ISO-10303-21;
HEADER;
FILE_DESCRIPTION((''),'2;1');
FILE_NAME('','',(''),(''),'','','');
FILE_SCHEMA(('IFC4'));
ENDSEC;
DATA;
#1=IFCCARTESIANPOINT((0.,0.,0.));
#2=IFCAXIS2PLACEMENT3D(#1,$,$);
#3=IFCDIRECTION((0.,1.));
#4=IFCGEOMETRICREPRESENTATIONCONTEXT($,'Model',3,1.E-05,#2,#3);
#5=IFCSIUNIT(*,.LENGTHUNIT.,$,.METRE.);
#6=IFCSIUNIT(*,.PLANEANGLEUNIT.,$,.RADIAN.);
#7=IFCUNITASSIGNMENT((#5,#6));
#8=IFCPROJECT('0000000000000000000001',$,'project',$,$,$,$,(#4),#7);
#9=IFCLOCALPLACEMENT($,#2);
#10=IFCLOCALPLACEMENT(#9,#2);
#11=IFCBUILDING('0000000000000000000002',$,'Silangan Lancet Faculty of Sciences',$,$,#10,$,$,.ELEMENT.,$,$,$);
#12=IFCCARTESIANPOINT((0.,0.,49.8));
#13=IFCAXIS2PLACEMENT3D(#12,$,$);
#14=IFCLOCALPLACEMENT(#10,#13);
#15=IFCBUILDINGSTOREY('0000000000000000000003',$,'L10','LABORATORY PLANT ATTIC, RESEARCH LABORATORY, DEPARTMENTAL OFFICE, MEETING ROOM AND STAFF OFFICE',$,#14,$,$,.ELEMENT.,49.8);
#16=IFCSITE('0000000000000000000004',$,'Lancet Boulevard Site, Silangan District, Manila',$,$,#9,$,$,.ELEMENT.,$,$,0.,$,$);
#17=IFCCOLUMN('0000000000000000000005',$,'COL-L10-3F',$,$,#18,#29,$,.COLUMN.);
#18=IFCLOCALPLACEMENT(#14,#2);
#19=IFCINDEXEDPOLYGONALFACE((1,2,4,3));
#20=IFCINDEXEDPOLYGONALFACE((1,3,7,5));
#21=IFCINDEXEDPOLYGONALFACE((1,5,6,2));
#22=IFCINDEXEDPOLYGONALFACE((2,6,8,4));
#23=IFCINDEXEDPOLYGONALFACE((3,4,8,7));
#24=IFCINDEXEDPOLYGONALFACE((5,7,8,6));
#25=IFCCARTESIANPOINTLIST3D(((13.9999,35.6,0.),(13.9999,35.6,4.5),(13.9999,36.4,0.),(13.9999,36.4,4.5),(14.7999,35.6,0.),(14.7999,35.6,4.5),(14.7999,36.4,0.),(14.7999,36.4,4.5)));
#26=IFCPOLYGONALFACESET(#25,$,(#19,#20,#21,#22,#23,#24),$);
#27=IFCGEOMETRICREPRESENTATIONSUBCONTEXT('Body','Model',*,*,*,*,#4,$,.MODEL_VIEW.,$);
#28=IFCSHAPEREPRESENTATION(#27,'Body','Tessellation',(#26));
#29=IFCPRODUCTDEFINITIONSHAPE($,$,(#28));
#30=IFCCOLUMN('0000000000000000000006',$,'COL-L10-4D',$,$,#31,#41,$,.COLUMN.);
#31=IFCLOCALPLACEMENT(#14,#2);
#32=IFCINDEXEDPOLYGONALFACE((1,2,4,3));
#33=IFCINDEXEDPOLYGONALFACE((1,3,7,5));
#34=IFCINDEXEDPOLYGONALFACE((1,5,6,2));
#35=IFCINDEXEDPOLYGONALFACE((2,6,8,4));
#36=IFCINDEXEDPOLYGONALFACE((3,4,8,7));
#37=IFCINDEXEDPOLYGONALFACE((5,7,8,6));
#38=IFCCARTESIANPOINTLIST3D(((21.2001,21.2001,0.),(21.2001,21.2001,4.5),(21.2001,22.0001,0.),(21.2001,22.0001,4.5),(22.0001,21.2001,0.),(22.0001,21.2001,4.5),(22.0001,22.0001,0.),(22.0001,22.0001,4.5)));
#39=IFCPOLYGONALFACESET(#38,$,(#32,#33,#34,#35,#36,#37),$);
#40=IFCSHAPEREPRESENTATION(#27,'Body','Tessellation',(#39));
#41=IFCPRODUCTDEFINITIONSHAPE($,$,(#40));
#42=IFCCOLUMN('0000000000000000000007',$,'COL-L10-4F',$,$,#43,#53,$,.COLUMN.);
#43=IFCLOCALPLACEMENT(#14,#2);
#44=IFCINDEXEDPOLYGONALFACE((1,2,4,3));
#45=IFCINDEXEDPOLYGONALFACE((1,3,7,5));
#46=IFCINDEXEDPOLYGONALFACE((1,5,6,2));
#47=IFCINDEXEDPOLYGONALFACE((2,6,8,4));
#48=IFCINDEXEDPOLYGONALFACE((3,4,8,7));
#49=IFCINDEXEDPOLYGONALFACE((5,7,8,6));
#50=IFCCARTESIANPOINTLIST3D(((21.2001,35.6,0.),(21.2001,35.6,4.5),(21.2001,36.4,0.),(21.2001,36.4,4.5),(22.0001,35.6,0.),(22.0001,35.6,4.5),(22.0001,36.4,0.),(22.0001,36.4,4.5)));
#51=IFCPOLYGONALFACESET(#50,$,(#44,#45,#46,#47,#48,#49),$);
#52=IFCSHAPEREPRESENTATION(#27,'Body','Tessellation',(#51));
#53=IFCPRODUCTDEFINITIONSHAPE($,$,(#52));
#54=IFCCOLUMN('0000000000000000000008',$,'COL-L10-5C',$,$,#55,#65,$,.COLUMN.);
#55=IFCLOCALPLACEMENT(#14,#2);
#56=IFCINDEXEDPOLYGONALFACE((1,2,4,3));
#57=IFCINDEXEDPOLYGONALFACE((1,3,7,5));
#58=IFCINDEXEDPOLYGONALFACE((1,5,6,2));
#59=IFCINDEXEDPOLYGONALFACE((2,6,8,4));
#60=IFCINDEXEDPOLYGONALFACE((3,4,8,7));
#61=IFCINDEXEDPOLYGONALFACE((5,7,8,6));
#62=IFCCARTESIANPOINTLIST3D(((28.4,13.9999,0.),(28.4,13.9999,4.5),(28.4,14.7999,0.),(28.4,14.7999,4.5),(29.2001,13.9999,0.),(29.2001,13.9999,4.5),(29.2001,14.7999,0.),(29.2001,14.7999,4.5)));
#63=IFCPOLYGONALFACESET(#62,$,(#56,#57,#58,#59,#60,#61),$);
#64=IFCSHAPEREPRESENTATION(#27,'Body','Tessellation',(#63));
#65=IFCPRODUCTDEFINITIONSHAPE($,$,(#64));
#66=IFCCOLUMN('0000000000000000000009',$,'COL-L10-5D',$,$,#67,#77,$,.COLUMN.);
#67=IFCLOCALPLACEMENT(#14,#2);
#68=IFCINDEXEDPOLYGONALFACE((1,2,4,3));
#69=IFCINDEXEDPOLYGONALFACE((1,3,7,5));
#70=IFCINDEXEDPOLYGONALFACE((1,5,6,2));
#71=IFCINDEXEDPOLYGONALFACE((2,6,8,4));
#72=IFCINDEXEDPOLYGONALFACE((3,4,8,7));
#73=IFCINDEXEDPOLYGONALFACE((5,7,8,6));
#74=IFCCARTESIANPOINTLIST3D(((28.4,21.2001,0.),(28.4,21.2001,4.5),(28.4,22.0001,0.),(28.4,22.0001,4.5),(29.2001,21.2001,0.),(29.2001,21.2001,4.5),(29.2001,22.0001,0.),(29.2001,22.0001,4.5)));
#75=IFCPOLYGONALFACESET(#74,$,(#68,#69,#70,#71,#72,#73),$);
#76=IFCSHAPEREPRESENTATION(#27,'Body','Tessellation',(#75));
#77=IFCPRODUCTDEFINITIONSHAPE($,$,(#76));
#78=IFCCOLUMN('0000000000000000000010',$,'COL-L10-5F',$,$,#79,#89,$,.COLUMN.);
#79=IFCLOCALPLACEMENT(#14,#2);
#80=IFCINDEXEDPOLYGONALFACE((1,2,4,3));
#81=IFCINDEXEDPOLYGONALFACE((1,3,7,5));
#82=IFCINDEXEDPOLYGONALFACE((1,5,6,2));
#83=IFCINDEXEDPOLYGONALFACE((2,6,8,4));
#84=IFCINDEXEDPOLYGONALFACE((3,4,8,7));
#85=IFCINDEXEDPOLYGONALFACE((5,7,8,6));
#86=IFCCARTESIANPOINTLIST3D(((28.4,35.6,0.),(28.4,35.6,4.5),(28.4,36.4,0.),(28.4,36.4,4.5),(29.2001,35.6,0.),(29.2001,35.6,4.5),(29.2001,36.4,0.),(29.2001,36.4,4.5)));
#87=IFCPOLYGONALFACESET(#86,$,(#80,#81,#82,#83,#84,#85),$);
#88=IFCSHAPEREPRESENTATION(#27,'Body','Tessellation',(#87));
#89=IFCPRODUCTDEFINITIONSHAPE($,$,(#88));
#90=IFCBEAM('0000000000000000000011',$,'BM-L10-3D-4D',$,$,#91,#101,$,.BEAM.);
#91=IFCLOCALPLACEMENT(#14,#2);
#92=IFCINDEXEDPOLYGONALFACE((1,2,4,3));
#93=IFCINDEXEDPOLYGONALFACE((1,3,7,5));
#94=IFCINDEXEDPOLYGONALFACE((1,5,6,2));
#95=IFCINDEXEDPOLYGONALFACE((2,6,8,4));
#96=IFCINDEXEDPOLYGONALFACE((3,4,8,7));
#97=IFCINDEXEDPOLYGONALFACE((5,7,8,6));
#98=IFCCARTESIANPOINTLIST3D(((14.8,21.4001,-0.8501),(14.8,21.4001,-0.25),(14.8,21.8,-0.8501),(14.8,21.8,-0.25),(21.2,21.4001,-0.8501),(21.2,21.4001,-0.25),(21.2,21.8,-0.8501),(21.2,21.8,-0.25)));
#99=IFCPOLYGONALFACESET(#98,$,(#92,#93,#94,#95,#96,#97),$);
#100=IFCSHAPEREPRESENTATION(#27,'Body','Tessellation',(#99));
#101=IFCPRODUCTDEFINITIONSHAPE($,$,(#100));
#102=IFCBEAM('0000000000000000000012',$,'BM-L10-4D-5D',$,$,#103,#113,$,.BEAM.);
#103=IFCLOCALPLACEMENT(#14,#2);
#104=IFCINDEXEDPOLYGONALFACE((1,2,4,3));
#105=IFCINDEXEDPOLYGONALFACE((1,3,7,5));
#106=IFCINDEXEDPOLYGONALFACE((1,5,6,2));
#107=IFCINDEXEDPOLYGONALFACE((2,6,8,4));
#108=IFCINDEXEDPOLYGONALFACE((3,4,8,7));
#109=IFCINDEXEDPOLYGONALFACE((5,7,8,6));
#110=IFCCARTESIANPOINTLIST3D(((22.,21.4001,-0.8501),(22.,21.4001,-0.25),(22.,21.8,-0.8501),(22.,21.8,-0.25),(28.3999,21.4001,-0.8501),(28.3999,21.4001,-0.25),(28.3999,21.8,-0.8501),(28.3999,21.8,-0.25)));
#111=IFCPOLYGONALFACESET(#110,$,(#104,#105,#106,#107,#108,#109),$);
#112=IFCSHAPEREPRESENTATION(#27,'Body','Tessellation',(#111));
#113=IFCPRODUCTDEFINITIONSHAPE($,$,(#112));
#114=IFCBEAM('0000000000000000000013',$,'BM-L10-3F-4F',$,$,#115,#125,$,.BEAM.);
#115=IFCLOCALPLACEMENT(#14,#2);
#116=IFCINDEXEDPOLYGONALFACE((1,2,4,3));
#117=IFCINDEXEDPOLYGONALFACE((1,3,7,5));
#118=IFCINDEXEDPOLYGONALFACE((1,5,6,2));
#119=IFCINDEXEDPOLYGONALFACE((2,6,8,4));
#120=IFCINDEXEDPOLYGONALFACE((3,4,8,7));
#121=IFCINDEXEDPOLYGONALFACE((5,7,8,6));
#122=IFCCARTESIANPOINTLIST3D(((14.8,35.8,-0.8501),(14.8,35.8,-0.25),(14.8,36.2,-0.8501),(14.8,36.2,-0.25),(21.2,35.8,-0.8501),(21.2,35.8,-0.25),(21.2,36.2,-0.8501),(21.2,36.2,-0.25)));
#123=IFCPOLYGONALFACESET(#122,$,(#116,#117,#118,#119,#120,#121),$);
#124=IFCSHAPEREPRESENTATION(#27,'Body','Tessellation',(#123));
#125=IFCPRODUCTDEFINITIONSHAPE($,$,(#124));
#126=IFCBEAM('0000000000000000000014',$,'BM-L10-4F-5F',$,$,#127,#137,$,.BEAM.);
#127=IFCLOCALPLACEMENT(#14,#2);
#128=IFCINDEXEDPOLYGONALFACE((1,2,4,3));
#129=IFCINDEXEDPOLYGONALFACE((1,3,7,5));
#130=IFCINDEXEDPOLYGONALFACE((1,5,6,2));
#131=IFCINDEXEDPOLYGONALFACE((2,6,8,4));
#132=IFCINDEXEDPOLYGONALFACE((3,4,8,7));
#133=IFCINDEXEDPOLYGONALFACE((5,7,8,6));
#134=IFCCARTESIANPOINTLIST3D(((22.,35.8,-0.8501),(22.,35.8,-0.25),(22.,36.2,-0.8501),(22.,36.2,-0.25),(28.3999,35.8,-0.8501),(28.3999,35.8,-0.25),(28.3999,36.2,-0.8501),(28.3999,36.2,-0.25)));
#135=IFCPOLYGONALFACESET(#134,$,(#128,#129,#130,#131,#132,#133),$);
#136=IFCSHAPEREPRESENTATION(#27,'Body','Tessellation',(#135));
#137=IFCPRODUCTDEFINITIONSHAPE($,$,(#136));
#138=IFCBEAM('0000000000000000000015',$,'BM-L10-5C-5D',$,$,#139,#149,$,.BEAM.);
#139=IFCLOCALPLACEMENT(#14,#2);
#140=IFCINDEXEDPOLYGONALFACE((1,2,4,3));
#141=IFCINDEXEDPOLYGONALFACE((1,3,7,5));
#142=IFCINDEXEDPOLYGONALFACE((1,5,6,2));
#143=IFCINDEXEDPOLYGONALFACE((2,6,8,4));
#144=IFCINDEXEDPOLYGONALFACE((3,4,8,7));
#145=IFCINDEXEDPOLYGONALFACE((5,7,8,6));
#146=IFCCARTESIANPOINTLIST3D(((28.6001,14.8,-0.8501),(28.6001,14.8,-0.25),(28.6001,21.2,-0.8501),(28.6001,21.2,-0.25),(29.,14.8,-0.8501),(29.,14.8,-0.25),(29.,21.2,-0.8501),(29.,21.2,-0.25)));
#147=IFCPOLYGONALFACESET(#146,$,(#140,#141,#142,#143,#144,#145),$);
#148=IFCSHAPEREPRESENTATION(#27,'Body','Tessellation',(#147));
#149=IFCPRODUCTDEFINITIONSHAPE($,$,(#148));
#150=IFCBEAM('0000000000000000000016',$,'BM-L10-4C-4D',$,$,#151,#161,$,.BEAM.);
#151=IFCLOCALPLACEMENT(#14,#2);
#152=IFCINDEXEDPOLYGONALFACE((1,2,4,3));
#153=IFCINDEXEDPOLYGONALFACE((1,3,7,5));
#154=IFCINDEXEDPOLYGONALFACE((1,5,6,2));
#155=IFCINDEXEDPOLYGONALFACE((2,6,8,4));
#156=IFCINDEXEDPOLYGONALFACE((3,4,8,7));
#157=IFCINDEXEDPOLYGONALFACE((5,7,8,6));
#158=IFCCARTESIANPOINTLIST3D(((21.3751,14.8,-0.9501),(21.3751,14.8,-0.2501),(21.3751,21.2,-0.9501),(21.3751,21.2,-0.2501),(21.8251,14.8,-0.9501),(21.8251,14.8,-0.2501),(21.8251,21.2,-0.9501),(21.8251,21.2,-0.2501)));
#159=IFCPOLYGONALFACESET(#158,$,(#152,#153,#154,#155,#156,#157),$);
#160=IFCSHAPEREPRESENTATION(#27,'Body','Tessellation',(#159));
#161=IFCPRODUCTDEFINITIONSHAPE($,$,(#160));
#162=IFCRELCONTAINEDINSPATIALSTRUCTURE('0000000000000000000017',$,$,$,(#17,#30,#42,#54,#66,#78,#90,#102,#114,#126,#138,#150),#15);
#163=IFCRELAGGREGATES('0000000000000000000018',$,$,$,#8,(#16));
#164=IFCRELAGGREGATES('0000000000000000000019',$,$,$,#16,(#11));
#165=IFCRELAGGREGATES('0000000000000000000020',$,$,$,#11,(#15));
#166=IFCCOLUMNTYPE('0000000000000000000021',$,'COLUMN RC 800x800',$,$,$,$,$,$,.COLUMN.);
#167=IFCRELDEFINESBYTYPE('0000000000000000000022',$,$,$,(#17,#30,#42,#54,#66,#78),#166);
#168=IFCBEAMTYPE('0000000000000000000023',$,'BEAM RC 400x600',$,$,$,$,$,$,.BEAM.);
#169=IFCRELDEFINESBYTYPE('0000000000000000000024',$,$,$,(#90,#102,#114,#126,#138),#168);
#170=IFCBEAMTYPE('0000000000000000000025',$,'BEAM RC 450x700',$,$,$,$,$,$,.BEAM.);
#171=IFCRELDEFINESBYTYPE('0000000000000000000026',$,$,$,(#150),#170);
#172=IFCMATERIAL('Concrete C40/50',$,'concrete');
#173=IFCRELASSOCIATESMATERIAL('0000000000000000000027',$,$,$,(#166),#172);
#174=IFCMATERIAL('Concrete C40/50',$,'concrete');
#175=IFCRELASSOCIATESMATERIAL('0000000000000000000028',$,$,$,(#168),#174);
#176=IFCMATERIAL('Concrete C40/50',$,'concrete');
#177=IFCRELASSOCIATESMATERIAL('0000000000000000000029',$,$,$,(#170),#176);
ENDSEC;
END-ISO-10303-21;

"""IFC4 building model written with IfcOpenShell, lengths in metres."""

from ifc_helpers import new_model, si_unit, direction, frame, origin, origin_2d, place, context, subcontext, project, spatial, rectangle, extrude, material, material_profile, profile_set, type_object, element, save


model = new_model("IFC4")

# Units and contexts
model_context = context("Model", 3, precision=1e-05, world=origin(), true_north=direction((0.0, 1.0)))
body_context = subcontext(model_context, "Body", "Model", "MODEL_VIEW")
ifc_project = project(units=[si_unit("LENGTHUNIT", "METRE"), si_unit("PLANEANGLEUNIT", "RADIAN")], contexts=[model_context])

# Site, building, storey
site_placement = place(None, origin())
site = spatial("IfcSite", under=ifc_project, at=site_placement, Name="Lancet Boulevard Site, Silangan District, Manila", CompositionType="ELEMENT", RefElevation=0.0)
building_placement = place(site_placement, origin())
building = spatial("IfcBuilding", under=site, at=building_placement, Name="Silangan Lancet Faculty of Sciences", CompositionType="ELEMENT")
storey_placement = place(building_placement, frame((0.0, 0.0, 49.8)))
storey = spatial("IfcBuildingStorey", under=building, at=storey_placement, Name="L10", Description="LABORATORY PLANT ATTIC, RESEARCH LABORATORY, DEPARTMENTAL OFFICE, MEETING ROOM AND STAFF OFFICE", CompositionType="ELEMENT", Elevation=49.8)

# Columns
ifc_material_1 = material(Name="Concrete C40/50", Category="concrete")
ifc_material_profile_1 = material_profile(ifc_material_1, rectangle(XDim=0.8, YDim=0.8, at=origin_2d()), Name="RC 800x800")
ifc_profile_set_1 = profile_set([ifc_material_profile_1], Name="Concrete C40/50")
column_type = type_object("IfcColumnType", Name="COLUMN RC 800x800", PredefinedType="COLUMN", material=ifc_profile_set_1)
for number, where, z_axis, x_axis, name in (
    (1, (14.3999, 36.0, 0.0), (0.0, 0.0, 1.0), (1.0, 0.0, 0.0), "COL-L10-3F"),
    (2, (21.6001, 21.6001, 0.0), (0.0, 0.0, 1.0), (1.0, 0.0, 0.0), "COL-L10-4D"),
    (3, (21.6001, 36.0, 0.0), (0.0, 0.0, 1.0), (1.0, 0.0, 0.0), "COL-L10-4F"),
    (4, (28.8, 14.3999, 0.0), (0.0, 0.0, 1.0), (1.0, 0.0, 0.0), "COL-L10-5C"),
    (5, (28.8, 21.6001, 0.0), (0.0, 0.0, 1.0), (1.0, 0.0, 0.0), "COL-L10-5D"),
    (6, (28.8, 36.0, 0.0), (0.0, 0.0, 1.0), (1.0, 0.0, 0.0), "COL-L10-5F"),
):
    element("IfcColumn", number, at=place(storey_placement, frame(where, z_axis=z_axis, x_axis=x_axis)), inside=storey, type_object=column_type, Name=name, PredefinedType="COLUMN", context=body_context, shape_type="SweptSolid", body=[
        extrude(rectangle(XDim=0.8, YDim=0.8, at=origin_2d()), origin(), (0.0, 0.0, 1.0), 4.5),
    ])

# Beams
ifc_material_2 = material(Name="Concrete C40/50", Category="concrete")
ifc_material_profile_2 = material_profile(ifc_material_2, rectangle(XDim=0.3999, YDim=0.6001, at=origin_2d()), Name="RC 400x600")
ifc_profile_set_2 = profile_set([ifc_material_profile_2], Name="Concrete C40/50")
beam_type_1 = type_object("IfcBeamType", Name="BEAM RC 400x600", PredefinedType="BEAM", material=ifc_profile_set_2)
for number, where, z_axis, x_axis, name in (
    (7, (14.8, 21.6001, -0.55), (1.0, 0.0, 0.0), (0.0, 1.0, 0.0), "BM-L10-3D-4D"),
    (8, (22.0, 21.6001, -0.55), (1.0, 0.0, 0.0), (0.0, 1.0, 0.0), "BM-L10-4D-5D"),
    (9, (14.8, 36.0, -0.55), (1.0, 0.0, 0.0), (0.0, 1.0, 0.0), "BM-L10-3F-4F"),
    (10, (22.0, 36.0, -0.55), (1.0, 0.0, 0.0), (0.0, 1.0, 0.0), "BM-L10-4F-5F"),
    (11, (28.8, 14.8, -0.55), (0.0, 1.0, 0.0), (-1.0, 0.0, 0.0), "BM-L10-5C-5D"),
):
    element("IfcBeam", number, at=place(storey_placement, frame(where, z_axis=z_axis, x_axis=x_axis)), inside=storey, type_object=beam_type_1, Name=name, PredefinedType="BEAM", context=body_context, shape_type="SweptSolid", body=[
        extrude(rectangle(XDim=0.3999, YDim=0.6001, at=origin_2d()), origin(), (0.0, 0.0, 1.0), 6.3999),
    ])
ifc_material_3 = material(Name="Concrete C40/50", Category="concrete")
ifc_material_profile_3 = material_profile(ifc_material_3, rectangle(XDim=0.45, YDim=0.7, at=origin_2d()), Name="RC 450x700")
ifc_profile_set_3 = profile_set([ifc_material_profile_3], Name="Concrete C40/50")
beam_type_2 = type_object("IfcBeamType", Name="BEAM RC 450x700", PredefinedType="BEAM", material=ifc_profile_set_3)
beam_placement = place(storey_placement, frame((21.6001, 14.8, -0.6001), z_axis=(0.0, 1.0, 0.0), x_axis=(-1.0, 0.0, 0.0)))
element("IfcBeam", 12, at=beam_placement, inside=storey, type_object=beam_type_2, Name="BM-L10-4C-4D", PredefinedType="BEAM", context=body_context, shape_type="SweptSolid", body=[
    extrude(rectangle(XDim=0.45, YDim=0.7, at=origin_2d()), origin(), (0.0, 0.0, 1.0), 6.3999),
])

save(model, "model.ifc")
